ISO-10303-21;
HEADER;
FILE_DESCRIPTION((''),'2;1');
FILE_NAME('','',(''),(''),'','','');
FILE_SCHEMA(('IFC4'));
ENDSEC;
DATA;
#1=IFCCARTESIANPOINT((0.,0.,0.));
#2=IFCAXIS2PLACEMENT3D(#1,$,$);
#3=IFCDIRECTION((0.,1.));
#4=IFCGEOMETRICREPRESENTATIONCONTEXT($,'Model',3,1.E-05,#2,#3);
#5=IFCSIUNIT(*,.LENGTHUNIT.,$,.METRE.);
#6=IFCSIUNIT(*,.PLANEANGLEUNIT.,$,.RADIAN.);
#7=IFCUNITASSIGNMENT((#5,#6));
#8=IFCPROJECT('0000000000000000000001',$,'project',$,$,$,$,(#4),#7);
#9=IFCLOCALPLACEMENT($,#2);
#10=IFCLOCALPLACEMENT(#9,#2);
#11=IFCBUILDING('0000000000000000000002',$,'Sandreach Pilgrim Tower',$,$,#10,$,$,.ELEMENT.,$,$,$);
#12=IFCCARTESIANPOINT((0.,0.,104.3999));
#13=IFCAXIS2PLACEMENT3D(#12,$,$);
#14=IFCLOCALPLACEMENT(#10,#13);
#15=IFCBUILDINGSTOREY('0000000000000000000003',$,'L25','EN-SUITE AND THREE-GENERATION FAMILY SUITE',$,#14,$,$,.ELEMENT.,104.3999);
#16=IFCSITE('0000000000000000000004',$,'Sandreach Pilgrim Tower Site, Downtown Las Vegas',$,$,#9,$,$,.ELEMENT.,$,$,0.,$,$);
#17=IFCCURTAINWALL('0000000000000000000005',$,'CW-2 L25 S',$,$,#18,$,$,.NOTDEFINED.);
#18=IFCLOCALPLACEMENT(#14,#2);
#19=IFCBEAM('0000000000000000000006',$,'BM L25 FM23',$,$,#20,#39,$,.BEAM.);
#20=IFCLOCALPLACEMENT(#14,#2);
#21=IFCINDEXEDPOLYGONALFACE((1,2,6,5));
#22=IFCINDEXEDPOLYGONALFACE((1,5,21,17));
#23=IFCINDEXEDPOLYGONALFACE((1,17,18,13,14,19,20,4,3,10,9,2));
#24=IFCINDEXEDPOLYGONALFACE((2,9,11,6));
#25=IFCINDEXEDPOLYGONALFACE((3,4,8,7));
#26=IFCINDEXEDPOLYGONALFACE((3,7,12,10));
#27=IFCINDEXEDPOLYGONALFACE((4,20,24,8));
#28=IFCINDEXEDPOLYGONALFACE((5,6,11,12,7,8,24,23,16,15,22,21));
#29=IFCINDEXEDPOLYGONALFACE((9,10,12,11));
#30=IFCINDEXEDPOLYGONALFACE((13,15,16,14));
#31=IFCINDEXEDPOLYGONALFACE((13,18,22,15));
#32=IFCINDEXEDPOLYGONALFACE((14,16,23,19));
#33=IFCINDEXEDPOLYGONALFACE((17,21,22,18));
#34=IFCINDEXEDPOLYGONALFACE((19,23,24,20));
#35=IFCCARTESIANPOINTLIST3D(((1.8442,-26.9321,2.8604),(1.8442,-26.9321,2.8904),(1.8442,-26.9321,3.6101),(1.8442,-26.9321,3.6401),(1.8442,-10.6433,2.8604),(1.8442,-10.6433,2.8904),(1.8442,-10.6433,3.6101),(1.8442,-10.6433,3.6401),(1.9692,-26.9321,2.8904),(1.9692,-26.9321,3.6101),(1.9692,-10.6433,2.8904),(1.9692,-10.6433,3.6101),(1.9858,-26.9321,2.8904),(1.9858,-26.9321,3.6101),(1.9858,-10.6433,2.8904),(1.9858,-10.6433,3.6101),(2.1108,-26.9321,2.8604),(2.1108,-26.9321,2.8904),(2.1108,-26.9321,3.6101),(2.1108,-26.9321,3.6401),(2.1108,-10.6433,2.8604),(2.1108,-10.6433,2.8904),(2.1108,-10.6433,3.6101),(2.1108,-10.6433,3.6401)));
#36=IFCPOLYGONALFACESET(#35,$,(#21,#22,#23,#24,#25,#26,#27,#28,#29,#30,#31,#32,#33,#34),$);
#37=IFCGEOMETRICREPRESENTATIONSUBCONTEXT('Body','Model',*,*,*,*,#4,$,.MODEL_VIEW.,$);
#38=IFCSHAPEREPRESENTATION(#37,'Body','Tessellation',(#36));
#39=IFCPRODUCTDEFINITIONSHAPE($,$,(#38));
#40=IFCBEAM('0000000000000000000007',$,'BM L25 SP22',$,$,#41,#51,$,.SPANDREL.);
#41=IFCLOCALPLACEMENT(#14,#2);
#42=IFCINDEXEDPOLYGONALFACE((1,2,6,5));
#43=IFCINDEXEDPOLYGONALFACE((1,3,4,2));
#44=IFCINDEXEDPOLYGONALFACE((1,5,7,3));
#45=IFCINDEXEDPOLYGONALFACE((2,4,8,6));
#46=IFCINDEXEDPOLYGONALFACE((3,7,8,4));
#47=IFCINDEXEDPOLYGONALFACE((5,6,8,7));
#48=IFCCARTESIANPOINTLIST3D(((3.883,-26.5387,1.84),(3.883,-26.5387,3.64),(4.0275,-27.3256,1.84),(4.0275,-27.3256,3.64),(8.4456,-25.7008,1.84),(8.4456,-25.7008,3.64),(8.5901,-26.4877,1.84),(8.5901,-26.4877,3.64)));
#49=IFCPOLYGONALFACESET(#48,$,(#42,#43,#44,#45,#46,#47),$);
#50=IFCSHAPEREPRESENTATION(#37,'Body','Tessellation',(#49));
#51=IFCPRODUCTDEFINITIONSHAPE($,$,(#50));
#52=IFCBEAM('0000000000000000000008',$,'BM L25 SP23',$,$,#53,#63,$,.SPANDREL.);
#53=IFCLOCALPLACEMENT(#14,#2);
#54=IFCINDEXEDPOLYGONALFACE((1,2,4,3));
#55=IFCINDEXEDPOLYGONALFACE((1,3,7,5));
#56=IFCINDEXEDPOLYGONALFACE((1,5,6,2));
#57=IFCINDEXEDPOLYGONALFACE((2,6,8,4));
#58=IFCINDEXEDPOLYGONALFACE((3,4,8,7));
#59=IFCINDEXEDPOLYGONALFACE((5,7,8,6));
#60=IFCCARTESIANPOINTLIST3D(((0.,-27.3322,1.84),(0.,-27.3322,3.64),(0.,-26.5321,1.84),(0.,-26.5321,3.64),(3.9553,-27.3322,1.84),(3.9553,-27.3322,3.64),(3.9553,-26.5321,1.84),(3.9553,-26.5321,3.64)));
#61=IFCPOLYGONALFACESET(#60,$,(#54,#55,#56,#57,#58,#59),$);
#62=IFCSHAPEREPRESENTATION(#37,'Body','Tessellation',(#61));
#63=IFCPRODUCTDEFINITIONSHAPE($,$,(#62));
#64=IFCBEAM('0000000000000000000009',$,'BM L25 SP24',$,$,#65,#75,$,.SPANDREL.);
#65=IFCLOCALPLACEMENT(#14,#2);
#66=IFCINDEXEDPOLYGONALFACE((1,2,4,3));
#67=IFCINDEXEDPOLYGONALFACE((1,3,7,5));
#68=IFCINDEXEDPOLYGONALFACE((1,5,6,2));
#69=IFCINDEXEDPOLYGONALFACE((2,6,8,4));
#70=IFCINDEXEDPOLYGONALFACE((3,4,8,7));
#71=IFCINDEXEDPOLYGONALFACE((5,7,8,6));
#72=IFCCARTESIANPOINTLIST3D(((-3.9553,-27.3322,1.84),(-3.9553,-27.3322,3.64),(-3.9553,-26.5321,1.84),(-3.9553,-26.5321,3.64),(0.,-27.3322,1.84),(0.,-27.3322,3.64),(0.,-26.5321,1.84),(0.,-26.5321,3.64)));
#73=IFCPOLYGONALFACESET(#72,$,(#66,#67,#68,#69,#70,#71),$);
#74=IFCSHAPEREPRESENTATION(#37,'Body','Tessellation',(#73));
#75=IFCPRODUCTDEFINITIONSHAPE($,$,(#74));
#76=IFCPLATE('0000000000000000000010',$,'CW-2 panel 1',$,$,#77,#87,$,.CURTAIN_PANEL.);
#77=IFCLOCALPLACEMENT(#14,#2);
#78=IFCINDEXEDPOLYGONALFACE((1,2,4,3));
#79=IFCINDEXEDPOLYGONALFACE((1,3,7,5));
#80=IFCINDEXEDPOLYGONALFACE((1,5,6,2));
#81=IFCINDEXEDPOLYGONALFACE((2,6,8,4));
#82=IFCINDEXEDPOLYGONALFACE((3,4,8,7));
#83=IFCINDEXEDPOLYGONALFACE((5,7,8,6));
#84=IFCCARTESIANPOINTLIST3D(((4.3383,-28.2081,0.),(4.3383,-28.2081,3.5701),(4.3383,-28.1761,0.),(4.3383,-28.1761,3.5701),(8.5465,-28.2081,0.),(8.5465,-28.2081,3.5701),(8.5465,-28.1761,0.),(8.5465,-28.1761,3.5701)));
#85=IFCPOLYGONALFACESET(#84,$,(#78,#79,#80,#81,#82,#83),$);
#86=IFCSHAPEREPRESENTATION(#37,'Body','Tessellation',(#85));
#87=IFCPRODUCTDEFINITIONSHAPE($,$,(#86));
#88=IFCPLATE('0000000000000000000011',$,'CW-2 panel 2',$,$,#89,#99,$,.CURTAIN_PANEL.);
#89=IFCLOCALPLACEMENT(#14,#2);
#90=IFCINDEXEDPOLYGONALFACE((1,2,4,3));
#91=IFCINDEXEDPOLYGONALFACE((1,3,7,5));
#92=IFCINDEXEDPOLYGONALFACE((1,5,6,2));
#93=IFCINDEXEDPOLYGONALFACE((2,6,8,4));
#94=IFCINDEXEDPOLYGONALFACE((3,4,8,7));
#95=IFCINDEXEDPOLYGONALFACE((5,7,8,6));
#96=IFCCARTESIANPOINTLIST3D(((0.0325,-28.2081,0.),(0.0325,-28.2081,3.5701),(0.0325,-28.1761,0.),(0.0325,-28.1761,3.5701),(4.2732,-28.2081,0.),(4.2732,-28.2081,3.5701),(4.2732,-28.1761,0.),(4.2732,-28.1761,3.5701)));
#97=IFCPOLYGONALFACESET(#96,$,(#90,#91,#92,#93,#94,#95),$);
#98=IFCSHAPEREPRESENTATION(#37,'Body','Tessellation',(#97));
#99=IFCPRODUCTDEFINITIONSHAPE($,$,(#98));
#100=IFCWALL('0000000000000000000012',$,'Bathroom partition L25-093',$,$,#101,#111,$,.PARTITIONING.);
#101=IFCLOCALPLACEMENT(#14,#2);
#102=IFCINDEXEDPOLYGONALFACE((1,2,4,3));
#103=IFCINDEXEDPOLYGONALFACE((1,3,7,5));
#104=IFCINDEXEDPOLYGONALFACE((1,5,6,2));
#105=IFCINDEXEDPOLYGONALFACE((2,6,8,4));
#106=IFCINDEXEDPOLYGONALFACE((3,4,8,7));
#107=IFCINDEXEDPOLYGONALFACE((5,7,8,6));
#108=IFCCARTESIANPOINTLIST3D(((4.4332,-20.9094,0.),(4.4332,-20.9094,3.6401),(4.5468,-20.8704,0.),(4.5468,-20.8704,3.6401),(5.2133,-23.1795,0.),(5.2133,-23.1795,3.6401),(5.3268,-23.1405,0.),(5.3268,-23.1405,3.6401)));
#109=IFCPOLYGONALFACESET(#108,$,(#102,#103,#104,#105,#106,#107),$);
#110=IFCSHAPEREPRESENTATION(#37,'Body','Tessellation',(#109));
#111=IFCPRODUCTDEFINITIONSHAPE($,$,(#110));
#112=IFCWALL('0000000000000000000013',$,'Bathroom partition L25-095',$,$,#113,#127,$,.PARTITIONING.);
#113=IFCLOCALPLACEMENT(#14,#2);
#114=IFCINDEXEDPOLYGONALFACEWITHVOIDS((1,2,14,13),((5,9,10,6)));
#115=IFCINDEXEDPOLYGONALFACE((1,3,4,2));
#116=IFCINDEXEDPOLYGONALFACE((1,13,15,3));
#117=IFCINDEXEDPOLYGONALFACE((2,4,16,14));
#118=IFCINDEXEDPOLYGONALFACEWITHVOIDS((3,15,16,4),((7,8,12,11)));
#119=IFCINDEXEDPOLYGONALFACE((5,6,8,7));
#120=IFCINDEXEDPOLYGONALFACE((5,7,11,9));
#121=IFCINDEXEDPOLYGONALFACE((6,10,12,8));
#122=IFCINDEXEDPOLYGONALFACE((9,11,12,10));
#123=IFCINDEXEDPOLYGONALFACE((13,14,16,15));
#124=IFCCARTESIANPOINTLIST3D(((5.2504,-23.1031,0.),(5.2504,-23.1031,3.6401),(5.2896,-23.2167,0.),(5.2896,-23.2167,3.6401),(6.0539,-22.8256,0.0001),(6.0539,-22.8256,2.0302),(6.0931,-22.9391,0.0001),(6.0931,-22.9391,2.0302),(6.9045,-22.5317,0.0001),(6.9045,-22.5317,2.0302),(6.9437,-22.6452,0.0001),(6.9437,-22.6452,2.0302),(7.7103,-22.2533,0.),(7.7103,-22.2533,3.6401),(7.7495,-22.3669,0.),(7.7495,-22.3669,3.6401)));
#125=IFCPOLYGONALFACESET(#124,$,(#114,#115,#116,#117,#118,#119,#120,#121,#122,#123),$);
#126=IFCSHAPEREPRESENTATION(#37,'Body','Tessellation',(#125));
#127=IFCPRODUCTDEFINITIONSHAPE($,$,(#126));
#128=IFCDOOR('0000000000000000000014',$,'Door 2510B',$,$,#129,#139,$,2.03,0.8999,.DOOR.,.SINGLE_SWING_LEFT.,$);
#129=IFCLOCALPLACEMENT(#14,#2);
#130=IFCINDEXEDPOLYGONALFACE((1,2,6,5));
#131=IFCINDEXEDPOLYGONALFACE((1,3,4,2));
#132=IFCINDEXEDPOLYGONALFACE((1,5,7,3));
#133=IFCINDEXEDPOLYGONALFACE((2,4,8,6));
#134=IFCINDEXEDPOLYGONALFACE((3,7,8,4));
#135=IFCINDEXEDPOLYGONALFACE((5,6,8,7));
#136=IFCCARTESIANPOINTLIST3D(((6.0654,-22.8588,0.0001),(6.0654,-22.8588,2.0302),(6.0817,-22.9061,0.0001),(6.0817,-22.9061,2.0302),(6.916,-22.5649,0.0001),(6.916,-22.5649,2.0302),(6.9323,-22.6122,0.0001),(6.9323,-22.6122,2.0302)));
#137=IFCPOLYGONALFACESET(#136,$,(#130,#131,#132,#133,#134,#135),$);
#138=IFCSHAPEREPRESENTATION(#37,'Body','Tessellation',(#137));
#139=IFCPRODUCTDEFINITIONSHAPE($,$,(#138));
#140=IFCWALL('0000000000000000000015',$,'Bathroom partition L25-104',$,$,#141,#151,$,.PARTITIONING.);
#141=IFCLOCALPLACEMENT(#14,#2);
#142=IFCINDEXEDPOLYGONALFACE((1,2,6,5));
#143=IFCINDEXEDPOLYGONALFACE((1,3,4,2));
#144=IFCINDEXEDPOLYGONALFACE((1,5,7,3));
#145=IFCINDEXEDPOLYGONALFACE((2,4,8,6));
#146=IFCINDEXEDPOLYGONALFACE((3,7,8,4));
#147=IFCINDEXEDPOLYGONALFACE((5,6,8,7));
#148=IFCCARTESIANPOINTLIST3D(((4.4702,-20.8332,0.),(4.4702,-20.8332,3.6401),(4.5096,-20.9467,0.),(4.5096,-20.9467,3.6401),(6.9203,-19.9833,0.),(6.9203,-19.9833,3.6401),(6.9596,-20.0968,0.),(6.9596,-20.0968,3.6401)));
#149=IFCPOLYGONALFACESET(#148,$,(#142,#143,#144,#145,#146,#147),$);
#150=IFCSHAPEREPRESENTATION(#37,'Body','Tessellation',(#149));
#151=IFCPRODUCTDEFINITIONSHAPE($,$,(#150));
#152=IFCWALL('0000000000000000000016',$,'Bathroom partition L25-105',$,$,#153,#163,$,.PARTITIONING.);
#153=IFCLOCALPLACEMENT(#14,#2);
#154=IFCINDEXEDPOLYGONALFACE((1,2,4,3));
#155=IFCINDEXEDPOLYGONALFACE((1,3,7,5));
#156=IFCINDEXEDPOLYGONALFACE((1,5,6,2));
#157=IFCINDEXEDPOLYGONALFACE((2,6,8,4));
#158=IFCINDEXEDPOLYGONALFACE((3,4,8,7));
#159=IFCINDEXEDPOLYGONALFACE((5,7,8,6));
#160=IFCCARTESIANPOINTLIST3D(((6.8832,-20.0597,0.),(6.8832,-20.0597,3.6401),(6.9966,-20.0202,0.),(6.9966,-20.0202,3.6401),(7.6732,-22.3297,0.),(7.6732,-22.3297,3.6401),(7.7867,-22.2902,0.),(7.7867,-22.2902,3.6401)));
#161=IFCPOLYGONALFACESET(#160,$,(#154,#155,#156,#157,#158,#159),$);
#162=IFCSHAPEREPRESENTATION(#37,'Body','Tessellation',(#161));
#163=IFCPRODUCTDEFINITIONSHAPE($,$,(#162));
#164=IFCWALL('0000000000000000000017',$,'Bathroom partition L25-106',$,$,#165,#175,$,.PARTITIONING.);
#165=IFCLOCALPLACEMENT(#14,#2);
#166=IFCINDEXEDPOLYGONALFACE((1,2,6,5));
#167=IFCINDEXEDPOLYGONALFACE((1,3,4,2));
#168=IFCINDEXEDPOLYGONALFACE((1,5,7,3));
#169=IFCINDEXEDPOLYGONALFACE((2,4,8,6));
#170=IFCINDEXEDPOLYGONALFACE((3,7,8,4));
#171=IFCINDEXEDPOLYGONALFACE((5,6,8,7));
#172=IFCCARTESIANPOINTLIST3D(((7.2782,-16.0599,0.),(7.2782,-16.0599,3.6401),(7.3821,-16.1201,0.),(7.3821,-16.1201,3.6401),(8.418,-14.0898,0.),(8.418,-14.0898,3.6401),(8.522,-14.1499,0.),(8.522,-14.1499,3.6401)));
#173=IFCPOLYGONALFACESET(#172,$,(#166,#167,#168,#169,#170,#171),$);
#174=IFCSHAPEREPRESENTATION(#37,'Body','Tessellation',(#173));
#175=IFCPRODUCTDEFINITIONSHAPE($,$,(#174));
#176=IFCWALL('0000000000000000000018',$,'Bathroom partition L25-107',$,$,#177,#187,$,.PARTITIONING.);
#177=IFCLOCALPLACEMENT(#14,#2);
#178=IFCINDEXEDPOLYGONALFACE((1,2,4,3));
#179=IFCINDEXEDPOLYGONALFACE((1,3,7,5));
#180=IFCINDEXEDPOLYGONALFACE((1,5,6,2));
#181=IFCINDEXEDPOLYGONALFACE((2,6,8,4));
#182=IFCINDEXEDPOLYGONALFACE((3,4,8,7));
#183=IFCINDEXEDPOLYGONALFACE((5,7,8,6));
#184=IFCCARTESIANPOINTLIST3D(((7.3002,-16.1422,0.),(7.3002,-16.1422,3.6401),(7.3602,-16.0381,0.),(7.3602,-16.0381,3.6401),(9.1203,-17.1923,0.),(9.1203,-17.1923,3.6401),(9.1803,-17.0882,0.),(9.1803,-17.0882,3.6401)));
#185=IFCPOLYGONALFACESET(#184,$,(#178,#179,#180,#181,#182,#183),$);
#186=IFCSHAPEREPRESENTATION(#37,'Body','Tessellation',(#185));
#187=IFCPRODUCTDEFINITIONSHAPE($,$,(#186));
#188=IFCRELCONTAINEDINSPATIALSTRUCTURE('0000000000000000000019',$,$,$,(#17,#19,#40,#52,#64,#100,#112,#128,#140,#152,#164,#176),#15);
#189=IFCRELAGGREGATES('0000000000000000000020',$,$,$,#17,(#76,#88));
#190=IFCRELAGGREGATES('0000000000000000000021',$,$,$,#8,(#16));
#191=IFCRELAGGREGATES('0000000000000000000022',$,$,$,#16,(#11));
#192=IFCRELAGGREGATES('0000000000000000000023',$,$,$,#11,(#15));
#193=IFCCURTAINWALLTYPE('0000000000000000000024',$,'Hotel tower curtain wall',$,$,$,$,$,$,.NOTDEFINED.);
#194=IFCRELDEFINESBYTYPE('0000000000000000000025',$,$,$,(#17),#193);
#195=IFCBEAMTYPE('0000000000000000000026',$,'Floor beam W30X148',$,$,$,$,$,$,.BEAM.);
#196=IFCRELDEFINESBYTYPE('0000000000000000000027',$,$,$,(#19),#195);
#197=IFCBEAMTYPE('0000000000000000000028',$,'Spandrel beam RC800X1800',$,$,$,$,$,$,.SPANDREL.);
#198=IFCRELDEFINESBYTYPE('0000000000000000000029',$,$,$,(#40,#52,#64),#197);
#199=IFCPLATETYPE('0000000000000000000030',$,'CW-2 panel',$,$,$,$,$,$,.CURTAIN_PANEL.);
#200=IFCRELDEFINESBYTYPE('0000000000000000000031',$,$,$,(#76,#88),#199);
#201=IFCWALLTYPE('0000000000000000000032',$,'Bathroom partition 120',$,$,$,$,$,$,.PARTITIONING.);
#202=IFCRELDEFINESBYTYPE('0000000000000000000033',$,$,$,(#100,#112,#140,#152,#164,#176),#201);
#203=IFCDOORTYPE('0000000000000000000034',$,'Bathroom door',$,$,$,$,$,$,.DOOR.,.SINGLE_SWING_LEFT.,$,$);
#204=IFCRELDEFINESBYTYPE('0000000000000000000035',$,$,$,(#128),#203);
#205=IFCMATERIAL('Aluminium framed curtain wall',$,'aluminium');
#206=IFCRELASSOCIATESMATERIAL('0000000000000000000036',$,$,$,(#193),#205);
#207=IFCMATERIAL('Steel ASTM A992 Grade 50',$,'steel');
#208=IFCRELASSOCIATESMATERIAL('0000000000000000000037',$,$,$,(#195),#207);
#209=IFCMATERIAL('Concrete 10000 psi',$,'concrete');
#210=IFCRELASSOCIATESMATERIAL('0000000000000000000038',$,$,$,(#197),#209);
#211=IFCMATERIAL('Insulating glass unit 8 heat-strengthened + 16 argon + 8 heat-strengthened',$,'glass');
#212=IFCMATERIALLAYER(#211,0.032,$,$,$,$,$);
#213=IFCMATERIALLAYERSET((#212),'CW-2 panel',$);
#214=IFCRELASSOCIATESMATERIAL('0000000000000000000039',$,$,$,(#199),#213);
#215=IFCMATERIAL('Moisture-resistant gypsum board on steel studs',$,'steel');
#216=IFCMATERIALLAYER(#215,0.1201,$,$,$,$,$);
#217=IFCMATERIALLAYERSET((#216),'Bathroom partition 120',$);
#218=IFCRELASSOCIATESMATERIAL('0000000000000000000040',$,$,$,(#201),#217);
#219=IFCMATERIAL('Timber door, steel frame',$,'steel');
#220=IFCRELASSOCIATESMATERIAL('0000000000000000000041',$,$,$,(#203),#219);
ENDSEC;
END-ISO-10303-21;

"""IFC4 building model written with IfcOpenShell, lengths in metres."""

from ifc_helpers import new_model, si_unit, direction, frame, frame_2d, origin, origin_2d, place, context, subcontext, project, spatial, rectangle, i_section, extrude, material, layer, layer_set, material_profile, profile_set, type_object, element, fill, aggregate, save


model = new_model("IFC4")

# Units and contexts
model_context = context("Model", 3, precision=1e-05, world=origin(), true_north=direction((0.0, 1.0)))
body_context = subcontext(model_context, "Body", "Model", "MODEL_VIEW")
ifc_project = project(units=[si_unit("LENGTHUNIT", "METRE"), si_unit("PLANEANGLEUNIT", "RADIAN")], contexts=[model_context])

# Site, building, storey
site_placement = place(None, origin())
site = spatial("IfcSite", under=ifc_project, at=site_placement, Name="Sandreach Pilgrim Tower Site, Downtown Las Vegas", CompositionType="ELEMENT", RefElevation=0.0)
building_placement = place(site_placement, origin())
building = spatial("IfcBuilding", under=site, at=building_placement, Name="Sandreach Pilgrim Tower", CompositionType="ELEMENT")
storey_placement = place(building_placement, frame((0.0, 0.0, 104.3999)))
storey = spatial("IfcBuildingStorey", under=building, at=storey_placement, Name="L25", Description="EN-SUITE AND THREE-GENERATION FAMILY SUITE", CompositionType="ELEMENT", Elevation=104.3999)

# Curtain wall
ifc_material_1 = material(Name="Aluminium framed curtain wall", Category="aluminium")
curtain_wall_type = type_object("IfcCurtainWallType", Name="Hotel tower curtain wall", PredefinedType="NOTDEFINED", material=ifc_material_1)
curtain_wall_placement = place(storey_placement, origin())
curtain_wall = element("IfcCurtainWall", 1, at=curtain_wall_placement, inside=storey, type_object=curtain_wall_type, Name="CW-2 L25 S", PredefinedType="NOTDEFINED")

# Beams
ifc_material_2 = material(Name="Steel ASTM A992 Grade 50", Category="steel")
ifc_material_profile_1 = material_profile(ifc_material_2, i_section(OverallWidth=0.2666, OverallDepth=0.7798, WebThickness=0.0166, FlangeThickness=0.03, at=origin_2d()), Name="W30X148")
ifc_profile_set_1 = profile_set([ifc_material_profile_1], Name="Steel ASTM A992 Grade 50")
beam_type_1 = type_object("IfcBeamType", Name="Floor beam W30X148", PredefinedType="BEAM", material=ifc_profile_set_1)
beam_1_placement = place(storey_placement, frame((1.9775, -26.9321, 3.2502), z_axis=(0.0, 1.0, 0.0), x_axis=(-1.0, 0.0, 0.0)))
element("IfcBeam", 2, at=beam_1_placement, inside=storey, type_object=beam_type_1, Name="BM L25 FM23", PredefinedType="BEAM", context=body_context, shape_type="SweptSolid", body=[
    extrude(i_section(OverallWidth=0.2666, OverallDepth=0.7798, WebThickness=0.0166, FlangeThickness=0.03, at=origin_2d()), origin(), (0.0, 0.0, 1.0), 16.2888),
])
ifc_material_3 = material(Name="Concrete 10000 psi", Category="concrete")
ifc_material_profile_2 = material_profile(ifc_material_3, rectangle(XDim=0.8, YDim=1.8, at=origin_2d()), Name="RC800X1800")
ifc_profile_set_2 = profile_set([ifc_material_profile_2], Name="Concrete 10000 psi")
beam_type_2 = type_object("IfcBeamType", Name="Spandrel beam RC800X1800", PredefinedType="SPANDREL", material=ifc_profile_set_2)
beam_2_placement = place(storey_placement, frame((8.5178, -26.0942, 2.74), z_axis=(-0.983552, -0.180627, 0.0), x_axis=(0.180627, -0.983552, 0.0)))
element("IfcBeam", 3, at=beam_2_placement, inside=storey, type_object=beam_type_2, Name="BM L25 SP22", PredefinedType="SPANDREL", context=body_context, shape_type="SweptSolid", body=[
    extrude(rectangle(XDim=0.8, YDim=1.8, at=origin_2d()), origin(), (0.0, 0.0, 1.0), 4.6389),
])
for number, where, z_axis, x_axis, name in (
    (4, (3.9553, -26.9321, 2.74), (-1.0, 0.0, 0.0), (0.0, -1.0, 0.0), "BM L25 SP23"),
    (5, (0.0, -26.9321, 2.74), (-1.0, 0.0, 0.0), (0.0, -1.0, 0.0), "BM L25 SP24"),
):
    element("IfcBeam", number, at=place(storey_placement, frame(where, z_axis=z_axis, x_axis=x_axis)), inside=storey, type_object=beam_type_2, Name=name, PredefinedType="SPANDREL", context=body_context, shape_type="SweptSolid", body=[
        extrude(rectangle(XDim=0.8, YDim=1.8, at=origin_2d()), origin(), (0.0, 0.0, 1.0), 3.9553),
    ])

# Plates
ifc_material_4 = material(Name="Insulating glass unit 8 heat-strengthened + 16 argon + 8 heat-strengthened", Category="glass")
ifc_layer_1 = layer(ifc_material_4, 0.032)
ifc_layer_set_1 = layer_set([ifc_layer_1], Name="CW-2 panel")
plate_type = type_object("IfcPlateType", Name="CW-2 panel", PredefinedType="CURTAIN_PANEL", material=ifc_layer_set_1)
plate_1_placement = place(storey_placement, frame((6.4424, -28.1921, 0.0), z_axis=(0.0, 0.0, 1.0), x_axis=(-1.0, 0.0, 0.0)))
plate_1 = element("IfcPlate", 6, at=plate_1_placement, type_object=plate_type, Name="CW-2 panel 1", PredefinedType="CURTAIN_PANEL", context=body_context, shape_type="SweptSolid", body=[
    extrude(rectangle(XDim=4.2083, YDim=0.032, at=origin_2d()), origin(), (0.0, 0.0, 1.0), 3.5701),
])
plate_2_placement = place(storey_placement, frame((2.1528, -28.1921, 0.0), z_axis=(0.0, 0.0, 1.0), x_axis=(-1.0, 0.0, 0.0)))
plate_2 = element("IfcPlate", 7, at=plate_2_placement, type_object=plate_type, Name="CW-2 panel 2", PredefinedType="CURTAIN_PANEL", context=body_context, shape_type="SweptSolid", body=[
    extrude(rectangle(XDim=4.2407, YDim=0.032, at=origin_2d()), origin(), (0.0, 0.0, 1.0), 3.5701),
])
aggregate(curtain_wall, [plate_1, plate_2])

# Wall
ifc_material_5 = material(Name="Moisture-resistant gypsum board on steel studs", Category="steel")
ifc_layer_2 = layer(ifc_material_5, 0.1201)
ifc_layer_set_2 = layer_set([ifc_layer_2], Name="Bathroom partition 120")
wall_type_1 = type_object("IfcWallType", Name="Bathroom partition 120", PredefinedType="PARTITIONING", material=ifc_layer_set_2)
wall_1_placement = place(storey_placement, frame((4.49, -20.8899, 0.0), z_axis=(0.0, 0.0, 1.0), x_axis=(0.324972, -0.945724, 0.0)))
element("IfcWall", 8, at=wall_1_placement, inside=storey, type_object=wall_type_1, Name="Bathroom partition L25-093", PredefinedType="PARTITIONING", context=body_context, shape_type="SweptSolid", body=[
    extrude(rectangle(XDim=2.4004, YDim=0.1201, at=frame_2d((1.2002, 0.0))), origin(), (0.0, 0.0, 1.0), 3.6401),
])

# Wall, opening, door
wall_2_placement = place(storey_placement, frame((5.27, -23.1599, 0.0), z_axis=(0.0, 0.0, 1.0), x_axis=(0.945184, 0.326537, 0.0)))
wall_2 = element("IfcWall", 9, at=wall_2_placement, inside=storey, type_object=wall_type_1, Name="Bathroom partition L25-095", PredefinedType="PARTITIONING", context=body_context, shape_type="SweptSolid", body=[
    extrude(rectangle(XDim=2.6025, YDim=0.1201, at=frame_2d((1.3013, 0.0))), origin(), (0.0, 0.0, 1.0), 3.6401),
])
opening_1_placement = place(wall_2_placement, frame((0.8501, 0.0, 0.0)))
opening_1 = element("IfcOpeningElement", 10, at=opening_1_placement, cuts=wall_2, PredefinedType="OPENING", context=body_context, shape_type="SweptSolid", body=[
    extrude(rectangle(XDim=0.8999, YDim=2.03, at=frame_2d((0.45, 1.0151))), frame((0.0, 0.0601, 0.0), z_axis=(0.0, -1.0, 0.0), x_axis=(1.0, 0.0, 0.0)), (0.0, 0.0, 1.0), 0.1201),
])
ifc_material_6 = material(Name="Timber door, steel frame", Category="steel")
door_type_1 = type_object("IfcDoorType", Name="Bathroom door", OperationType="SINGLE_SWING_LEFT", PredefinedType="DOOR", material=ifc_material_6)
door_1_placement = place(opening_1_placement, origin())
door_1 = element("IfcDoor", 11, at=door_1_placement, inside=storey, type_object=door_type_1, Name="Door 2510B", OperationType="SINGLE_SWING_LEFT", OverallHeight=2.03, OverallWidth=0.8999, PredefinedType="DOOR", context=body_context, shape_type="SweptSolid", body=[
    extrude(rectangle(XDim=0.8999, YDim=2.03, at=frame_2d((0.45, 1.0151))), frame((0.0, 0.0249, 0.0), z_axis=(0.0, -1.0, 0.0), x_axis=(1.0, 0.0, 0.0)), (0.0, 0.0, 1.0), 0.05),
])
fill(opening_1, door_1)

# Walls
wall_3_placement = place(storey_placement, frame((6.9399, -20.04, 0.0), z_axis=(0.0, 0.0, 1.0), x_axis=(-0.944772, -0.327728, 0.0)))
element("IfcWall", 12, at=wall_3_placement, inside=storey, type_object=wall_type_1, Name="Bathroom partition L25-104", PredefinedType="PARTITIONING", context=body_context, shape_type="SweptSolid", body=[
    extrude(rectangle(XDim=2.5933, YDim=0.1201, at=frame_2d((1.2966, 0.0))), origin(), (0.0, 0.0, 1.0), 3.6401),
])
wall_4_placement = place(storey_placement, frame((6.9399, -20.04, 0.0), z_axis=(0.0, 0.0, 1.0), x_axis=(0.328694, -0.944436, 0.0)))
element("IfcWall", 13, at=wall_4_placement, inside=storey, type_object=wall_type_1, Name="Bathroom partition L25-105", PredefinedType="PARTITIONING", context=body_context, shape_type="SweptSolid", body=[
    extrude(rectangle(XDim=2.4036, YDim=0.1201, at=frame_2d((1.2017, 0.0))), origin(), (0.0, 0.0, 1.0), 3.6401),
])
wall_5_placement = place(storey_placement, frame((7.3301, -16.0901, 0.0), z_axis=(0.0, 0.0, 1.0), x_axis=(0.500787, 0.865571, 0.0)))
element("IfcWall", 14, at=wall_5_placement, inside=storey, type_object=wall_type_1, Name="Bathroom partition L25-106", PredefinedType="PARTITIONING", context=body_context, shape_type="SweptSolid", body=[
    extrude(rectangle(XDim=2.2761, YDim=0.1201, at=frame_2d((1.1382, 0.0))), origin(), (0.0, 0.0, 1.0), 3.6401),
])
wall_6_placement = place(storey_placement, frame((7.3301, -16.0901, 0.0), z_axis=(0.0, 0.0, 1.0), x_axis=(0.866184, -0.499726, 0.0)))
element("IfcWall", 15, at=wall_6_placement, inside=storey, type_object=wall_type_1, Name="Bathroom partition L25-107", PredefinedType="PARTITIONING", context=body_context, shape_type="SweptSolid", body=[
    extrude(rectangle(XDim=2.1013, YDim=0.1201, at=frame_2d((1.0508, 0.0))), origin(), (0.0, 0.0, 1.0), 3.6401),
])

save(model, "model.ifc")
